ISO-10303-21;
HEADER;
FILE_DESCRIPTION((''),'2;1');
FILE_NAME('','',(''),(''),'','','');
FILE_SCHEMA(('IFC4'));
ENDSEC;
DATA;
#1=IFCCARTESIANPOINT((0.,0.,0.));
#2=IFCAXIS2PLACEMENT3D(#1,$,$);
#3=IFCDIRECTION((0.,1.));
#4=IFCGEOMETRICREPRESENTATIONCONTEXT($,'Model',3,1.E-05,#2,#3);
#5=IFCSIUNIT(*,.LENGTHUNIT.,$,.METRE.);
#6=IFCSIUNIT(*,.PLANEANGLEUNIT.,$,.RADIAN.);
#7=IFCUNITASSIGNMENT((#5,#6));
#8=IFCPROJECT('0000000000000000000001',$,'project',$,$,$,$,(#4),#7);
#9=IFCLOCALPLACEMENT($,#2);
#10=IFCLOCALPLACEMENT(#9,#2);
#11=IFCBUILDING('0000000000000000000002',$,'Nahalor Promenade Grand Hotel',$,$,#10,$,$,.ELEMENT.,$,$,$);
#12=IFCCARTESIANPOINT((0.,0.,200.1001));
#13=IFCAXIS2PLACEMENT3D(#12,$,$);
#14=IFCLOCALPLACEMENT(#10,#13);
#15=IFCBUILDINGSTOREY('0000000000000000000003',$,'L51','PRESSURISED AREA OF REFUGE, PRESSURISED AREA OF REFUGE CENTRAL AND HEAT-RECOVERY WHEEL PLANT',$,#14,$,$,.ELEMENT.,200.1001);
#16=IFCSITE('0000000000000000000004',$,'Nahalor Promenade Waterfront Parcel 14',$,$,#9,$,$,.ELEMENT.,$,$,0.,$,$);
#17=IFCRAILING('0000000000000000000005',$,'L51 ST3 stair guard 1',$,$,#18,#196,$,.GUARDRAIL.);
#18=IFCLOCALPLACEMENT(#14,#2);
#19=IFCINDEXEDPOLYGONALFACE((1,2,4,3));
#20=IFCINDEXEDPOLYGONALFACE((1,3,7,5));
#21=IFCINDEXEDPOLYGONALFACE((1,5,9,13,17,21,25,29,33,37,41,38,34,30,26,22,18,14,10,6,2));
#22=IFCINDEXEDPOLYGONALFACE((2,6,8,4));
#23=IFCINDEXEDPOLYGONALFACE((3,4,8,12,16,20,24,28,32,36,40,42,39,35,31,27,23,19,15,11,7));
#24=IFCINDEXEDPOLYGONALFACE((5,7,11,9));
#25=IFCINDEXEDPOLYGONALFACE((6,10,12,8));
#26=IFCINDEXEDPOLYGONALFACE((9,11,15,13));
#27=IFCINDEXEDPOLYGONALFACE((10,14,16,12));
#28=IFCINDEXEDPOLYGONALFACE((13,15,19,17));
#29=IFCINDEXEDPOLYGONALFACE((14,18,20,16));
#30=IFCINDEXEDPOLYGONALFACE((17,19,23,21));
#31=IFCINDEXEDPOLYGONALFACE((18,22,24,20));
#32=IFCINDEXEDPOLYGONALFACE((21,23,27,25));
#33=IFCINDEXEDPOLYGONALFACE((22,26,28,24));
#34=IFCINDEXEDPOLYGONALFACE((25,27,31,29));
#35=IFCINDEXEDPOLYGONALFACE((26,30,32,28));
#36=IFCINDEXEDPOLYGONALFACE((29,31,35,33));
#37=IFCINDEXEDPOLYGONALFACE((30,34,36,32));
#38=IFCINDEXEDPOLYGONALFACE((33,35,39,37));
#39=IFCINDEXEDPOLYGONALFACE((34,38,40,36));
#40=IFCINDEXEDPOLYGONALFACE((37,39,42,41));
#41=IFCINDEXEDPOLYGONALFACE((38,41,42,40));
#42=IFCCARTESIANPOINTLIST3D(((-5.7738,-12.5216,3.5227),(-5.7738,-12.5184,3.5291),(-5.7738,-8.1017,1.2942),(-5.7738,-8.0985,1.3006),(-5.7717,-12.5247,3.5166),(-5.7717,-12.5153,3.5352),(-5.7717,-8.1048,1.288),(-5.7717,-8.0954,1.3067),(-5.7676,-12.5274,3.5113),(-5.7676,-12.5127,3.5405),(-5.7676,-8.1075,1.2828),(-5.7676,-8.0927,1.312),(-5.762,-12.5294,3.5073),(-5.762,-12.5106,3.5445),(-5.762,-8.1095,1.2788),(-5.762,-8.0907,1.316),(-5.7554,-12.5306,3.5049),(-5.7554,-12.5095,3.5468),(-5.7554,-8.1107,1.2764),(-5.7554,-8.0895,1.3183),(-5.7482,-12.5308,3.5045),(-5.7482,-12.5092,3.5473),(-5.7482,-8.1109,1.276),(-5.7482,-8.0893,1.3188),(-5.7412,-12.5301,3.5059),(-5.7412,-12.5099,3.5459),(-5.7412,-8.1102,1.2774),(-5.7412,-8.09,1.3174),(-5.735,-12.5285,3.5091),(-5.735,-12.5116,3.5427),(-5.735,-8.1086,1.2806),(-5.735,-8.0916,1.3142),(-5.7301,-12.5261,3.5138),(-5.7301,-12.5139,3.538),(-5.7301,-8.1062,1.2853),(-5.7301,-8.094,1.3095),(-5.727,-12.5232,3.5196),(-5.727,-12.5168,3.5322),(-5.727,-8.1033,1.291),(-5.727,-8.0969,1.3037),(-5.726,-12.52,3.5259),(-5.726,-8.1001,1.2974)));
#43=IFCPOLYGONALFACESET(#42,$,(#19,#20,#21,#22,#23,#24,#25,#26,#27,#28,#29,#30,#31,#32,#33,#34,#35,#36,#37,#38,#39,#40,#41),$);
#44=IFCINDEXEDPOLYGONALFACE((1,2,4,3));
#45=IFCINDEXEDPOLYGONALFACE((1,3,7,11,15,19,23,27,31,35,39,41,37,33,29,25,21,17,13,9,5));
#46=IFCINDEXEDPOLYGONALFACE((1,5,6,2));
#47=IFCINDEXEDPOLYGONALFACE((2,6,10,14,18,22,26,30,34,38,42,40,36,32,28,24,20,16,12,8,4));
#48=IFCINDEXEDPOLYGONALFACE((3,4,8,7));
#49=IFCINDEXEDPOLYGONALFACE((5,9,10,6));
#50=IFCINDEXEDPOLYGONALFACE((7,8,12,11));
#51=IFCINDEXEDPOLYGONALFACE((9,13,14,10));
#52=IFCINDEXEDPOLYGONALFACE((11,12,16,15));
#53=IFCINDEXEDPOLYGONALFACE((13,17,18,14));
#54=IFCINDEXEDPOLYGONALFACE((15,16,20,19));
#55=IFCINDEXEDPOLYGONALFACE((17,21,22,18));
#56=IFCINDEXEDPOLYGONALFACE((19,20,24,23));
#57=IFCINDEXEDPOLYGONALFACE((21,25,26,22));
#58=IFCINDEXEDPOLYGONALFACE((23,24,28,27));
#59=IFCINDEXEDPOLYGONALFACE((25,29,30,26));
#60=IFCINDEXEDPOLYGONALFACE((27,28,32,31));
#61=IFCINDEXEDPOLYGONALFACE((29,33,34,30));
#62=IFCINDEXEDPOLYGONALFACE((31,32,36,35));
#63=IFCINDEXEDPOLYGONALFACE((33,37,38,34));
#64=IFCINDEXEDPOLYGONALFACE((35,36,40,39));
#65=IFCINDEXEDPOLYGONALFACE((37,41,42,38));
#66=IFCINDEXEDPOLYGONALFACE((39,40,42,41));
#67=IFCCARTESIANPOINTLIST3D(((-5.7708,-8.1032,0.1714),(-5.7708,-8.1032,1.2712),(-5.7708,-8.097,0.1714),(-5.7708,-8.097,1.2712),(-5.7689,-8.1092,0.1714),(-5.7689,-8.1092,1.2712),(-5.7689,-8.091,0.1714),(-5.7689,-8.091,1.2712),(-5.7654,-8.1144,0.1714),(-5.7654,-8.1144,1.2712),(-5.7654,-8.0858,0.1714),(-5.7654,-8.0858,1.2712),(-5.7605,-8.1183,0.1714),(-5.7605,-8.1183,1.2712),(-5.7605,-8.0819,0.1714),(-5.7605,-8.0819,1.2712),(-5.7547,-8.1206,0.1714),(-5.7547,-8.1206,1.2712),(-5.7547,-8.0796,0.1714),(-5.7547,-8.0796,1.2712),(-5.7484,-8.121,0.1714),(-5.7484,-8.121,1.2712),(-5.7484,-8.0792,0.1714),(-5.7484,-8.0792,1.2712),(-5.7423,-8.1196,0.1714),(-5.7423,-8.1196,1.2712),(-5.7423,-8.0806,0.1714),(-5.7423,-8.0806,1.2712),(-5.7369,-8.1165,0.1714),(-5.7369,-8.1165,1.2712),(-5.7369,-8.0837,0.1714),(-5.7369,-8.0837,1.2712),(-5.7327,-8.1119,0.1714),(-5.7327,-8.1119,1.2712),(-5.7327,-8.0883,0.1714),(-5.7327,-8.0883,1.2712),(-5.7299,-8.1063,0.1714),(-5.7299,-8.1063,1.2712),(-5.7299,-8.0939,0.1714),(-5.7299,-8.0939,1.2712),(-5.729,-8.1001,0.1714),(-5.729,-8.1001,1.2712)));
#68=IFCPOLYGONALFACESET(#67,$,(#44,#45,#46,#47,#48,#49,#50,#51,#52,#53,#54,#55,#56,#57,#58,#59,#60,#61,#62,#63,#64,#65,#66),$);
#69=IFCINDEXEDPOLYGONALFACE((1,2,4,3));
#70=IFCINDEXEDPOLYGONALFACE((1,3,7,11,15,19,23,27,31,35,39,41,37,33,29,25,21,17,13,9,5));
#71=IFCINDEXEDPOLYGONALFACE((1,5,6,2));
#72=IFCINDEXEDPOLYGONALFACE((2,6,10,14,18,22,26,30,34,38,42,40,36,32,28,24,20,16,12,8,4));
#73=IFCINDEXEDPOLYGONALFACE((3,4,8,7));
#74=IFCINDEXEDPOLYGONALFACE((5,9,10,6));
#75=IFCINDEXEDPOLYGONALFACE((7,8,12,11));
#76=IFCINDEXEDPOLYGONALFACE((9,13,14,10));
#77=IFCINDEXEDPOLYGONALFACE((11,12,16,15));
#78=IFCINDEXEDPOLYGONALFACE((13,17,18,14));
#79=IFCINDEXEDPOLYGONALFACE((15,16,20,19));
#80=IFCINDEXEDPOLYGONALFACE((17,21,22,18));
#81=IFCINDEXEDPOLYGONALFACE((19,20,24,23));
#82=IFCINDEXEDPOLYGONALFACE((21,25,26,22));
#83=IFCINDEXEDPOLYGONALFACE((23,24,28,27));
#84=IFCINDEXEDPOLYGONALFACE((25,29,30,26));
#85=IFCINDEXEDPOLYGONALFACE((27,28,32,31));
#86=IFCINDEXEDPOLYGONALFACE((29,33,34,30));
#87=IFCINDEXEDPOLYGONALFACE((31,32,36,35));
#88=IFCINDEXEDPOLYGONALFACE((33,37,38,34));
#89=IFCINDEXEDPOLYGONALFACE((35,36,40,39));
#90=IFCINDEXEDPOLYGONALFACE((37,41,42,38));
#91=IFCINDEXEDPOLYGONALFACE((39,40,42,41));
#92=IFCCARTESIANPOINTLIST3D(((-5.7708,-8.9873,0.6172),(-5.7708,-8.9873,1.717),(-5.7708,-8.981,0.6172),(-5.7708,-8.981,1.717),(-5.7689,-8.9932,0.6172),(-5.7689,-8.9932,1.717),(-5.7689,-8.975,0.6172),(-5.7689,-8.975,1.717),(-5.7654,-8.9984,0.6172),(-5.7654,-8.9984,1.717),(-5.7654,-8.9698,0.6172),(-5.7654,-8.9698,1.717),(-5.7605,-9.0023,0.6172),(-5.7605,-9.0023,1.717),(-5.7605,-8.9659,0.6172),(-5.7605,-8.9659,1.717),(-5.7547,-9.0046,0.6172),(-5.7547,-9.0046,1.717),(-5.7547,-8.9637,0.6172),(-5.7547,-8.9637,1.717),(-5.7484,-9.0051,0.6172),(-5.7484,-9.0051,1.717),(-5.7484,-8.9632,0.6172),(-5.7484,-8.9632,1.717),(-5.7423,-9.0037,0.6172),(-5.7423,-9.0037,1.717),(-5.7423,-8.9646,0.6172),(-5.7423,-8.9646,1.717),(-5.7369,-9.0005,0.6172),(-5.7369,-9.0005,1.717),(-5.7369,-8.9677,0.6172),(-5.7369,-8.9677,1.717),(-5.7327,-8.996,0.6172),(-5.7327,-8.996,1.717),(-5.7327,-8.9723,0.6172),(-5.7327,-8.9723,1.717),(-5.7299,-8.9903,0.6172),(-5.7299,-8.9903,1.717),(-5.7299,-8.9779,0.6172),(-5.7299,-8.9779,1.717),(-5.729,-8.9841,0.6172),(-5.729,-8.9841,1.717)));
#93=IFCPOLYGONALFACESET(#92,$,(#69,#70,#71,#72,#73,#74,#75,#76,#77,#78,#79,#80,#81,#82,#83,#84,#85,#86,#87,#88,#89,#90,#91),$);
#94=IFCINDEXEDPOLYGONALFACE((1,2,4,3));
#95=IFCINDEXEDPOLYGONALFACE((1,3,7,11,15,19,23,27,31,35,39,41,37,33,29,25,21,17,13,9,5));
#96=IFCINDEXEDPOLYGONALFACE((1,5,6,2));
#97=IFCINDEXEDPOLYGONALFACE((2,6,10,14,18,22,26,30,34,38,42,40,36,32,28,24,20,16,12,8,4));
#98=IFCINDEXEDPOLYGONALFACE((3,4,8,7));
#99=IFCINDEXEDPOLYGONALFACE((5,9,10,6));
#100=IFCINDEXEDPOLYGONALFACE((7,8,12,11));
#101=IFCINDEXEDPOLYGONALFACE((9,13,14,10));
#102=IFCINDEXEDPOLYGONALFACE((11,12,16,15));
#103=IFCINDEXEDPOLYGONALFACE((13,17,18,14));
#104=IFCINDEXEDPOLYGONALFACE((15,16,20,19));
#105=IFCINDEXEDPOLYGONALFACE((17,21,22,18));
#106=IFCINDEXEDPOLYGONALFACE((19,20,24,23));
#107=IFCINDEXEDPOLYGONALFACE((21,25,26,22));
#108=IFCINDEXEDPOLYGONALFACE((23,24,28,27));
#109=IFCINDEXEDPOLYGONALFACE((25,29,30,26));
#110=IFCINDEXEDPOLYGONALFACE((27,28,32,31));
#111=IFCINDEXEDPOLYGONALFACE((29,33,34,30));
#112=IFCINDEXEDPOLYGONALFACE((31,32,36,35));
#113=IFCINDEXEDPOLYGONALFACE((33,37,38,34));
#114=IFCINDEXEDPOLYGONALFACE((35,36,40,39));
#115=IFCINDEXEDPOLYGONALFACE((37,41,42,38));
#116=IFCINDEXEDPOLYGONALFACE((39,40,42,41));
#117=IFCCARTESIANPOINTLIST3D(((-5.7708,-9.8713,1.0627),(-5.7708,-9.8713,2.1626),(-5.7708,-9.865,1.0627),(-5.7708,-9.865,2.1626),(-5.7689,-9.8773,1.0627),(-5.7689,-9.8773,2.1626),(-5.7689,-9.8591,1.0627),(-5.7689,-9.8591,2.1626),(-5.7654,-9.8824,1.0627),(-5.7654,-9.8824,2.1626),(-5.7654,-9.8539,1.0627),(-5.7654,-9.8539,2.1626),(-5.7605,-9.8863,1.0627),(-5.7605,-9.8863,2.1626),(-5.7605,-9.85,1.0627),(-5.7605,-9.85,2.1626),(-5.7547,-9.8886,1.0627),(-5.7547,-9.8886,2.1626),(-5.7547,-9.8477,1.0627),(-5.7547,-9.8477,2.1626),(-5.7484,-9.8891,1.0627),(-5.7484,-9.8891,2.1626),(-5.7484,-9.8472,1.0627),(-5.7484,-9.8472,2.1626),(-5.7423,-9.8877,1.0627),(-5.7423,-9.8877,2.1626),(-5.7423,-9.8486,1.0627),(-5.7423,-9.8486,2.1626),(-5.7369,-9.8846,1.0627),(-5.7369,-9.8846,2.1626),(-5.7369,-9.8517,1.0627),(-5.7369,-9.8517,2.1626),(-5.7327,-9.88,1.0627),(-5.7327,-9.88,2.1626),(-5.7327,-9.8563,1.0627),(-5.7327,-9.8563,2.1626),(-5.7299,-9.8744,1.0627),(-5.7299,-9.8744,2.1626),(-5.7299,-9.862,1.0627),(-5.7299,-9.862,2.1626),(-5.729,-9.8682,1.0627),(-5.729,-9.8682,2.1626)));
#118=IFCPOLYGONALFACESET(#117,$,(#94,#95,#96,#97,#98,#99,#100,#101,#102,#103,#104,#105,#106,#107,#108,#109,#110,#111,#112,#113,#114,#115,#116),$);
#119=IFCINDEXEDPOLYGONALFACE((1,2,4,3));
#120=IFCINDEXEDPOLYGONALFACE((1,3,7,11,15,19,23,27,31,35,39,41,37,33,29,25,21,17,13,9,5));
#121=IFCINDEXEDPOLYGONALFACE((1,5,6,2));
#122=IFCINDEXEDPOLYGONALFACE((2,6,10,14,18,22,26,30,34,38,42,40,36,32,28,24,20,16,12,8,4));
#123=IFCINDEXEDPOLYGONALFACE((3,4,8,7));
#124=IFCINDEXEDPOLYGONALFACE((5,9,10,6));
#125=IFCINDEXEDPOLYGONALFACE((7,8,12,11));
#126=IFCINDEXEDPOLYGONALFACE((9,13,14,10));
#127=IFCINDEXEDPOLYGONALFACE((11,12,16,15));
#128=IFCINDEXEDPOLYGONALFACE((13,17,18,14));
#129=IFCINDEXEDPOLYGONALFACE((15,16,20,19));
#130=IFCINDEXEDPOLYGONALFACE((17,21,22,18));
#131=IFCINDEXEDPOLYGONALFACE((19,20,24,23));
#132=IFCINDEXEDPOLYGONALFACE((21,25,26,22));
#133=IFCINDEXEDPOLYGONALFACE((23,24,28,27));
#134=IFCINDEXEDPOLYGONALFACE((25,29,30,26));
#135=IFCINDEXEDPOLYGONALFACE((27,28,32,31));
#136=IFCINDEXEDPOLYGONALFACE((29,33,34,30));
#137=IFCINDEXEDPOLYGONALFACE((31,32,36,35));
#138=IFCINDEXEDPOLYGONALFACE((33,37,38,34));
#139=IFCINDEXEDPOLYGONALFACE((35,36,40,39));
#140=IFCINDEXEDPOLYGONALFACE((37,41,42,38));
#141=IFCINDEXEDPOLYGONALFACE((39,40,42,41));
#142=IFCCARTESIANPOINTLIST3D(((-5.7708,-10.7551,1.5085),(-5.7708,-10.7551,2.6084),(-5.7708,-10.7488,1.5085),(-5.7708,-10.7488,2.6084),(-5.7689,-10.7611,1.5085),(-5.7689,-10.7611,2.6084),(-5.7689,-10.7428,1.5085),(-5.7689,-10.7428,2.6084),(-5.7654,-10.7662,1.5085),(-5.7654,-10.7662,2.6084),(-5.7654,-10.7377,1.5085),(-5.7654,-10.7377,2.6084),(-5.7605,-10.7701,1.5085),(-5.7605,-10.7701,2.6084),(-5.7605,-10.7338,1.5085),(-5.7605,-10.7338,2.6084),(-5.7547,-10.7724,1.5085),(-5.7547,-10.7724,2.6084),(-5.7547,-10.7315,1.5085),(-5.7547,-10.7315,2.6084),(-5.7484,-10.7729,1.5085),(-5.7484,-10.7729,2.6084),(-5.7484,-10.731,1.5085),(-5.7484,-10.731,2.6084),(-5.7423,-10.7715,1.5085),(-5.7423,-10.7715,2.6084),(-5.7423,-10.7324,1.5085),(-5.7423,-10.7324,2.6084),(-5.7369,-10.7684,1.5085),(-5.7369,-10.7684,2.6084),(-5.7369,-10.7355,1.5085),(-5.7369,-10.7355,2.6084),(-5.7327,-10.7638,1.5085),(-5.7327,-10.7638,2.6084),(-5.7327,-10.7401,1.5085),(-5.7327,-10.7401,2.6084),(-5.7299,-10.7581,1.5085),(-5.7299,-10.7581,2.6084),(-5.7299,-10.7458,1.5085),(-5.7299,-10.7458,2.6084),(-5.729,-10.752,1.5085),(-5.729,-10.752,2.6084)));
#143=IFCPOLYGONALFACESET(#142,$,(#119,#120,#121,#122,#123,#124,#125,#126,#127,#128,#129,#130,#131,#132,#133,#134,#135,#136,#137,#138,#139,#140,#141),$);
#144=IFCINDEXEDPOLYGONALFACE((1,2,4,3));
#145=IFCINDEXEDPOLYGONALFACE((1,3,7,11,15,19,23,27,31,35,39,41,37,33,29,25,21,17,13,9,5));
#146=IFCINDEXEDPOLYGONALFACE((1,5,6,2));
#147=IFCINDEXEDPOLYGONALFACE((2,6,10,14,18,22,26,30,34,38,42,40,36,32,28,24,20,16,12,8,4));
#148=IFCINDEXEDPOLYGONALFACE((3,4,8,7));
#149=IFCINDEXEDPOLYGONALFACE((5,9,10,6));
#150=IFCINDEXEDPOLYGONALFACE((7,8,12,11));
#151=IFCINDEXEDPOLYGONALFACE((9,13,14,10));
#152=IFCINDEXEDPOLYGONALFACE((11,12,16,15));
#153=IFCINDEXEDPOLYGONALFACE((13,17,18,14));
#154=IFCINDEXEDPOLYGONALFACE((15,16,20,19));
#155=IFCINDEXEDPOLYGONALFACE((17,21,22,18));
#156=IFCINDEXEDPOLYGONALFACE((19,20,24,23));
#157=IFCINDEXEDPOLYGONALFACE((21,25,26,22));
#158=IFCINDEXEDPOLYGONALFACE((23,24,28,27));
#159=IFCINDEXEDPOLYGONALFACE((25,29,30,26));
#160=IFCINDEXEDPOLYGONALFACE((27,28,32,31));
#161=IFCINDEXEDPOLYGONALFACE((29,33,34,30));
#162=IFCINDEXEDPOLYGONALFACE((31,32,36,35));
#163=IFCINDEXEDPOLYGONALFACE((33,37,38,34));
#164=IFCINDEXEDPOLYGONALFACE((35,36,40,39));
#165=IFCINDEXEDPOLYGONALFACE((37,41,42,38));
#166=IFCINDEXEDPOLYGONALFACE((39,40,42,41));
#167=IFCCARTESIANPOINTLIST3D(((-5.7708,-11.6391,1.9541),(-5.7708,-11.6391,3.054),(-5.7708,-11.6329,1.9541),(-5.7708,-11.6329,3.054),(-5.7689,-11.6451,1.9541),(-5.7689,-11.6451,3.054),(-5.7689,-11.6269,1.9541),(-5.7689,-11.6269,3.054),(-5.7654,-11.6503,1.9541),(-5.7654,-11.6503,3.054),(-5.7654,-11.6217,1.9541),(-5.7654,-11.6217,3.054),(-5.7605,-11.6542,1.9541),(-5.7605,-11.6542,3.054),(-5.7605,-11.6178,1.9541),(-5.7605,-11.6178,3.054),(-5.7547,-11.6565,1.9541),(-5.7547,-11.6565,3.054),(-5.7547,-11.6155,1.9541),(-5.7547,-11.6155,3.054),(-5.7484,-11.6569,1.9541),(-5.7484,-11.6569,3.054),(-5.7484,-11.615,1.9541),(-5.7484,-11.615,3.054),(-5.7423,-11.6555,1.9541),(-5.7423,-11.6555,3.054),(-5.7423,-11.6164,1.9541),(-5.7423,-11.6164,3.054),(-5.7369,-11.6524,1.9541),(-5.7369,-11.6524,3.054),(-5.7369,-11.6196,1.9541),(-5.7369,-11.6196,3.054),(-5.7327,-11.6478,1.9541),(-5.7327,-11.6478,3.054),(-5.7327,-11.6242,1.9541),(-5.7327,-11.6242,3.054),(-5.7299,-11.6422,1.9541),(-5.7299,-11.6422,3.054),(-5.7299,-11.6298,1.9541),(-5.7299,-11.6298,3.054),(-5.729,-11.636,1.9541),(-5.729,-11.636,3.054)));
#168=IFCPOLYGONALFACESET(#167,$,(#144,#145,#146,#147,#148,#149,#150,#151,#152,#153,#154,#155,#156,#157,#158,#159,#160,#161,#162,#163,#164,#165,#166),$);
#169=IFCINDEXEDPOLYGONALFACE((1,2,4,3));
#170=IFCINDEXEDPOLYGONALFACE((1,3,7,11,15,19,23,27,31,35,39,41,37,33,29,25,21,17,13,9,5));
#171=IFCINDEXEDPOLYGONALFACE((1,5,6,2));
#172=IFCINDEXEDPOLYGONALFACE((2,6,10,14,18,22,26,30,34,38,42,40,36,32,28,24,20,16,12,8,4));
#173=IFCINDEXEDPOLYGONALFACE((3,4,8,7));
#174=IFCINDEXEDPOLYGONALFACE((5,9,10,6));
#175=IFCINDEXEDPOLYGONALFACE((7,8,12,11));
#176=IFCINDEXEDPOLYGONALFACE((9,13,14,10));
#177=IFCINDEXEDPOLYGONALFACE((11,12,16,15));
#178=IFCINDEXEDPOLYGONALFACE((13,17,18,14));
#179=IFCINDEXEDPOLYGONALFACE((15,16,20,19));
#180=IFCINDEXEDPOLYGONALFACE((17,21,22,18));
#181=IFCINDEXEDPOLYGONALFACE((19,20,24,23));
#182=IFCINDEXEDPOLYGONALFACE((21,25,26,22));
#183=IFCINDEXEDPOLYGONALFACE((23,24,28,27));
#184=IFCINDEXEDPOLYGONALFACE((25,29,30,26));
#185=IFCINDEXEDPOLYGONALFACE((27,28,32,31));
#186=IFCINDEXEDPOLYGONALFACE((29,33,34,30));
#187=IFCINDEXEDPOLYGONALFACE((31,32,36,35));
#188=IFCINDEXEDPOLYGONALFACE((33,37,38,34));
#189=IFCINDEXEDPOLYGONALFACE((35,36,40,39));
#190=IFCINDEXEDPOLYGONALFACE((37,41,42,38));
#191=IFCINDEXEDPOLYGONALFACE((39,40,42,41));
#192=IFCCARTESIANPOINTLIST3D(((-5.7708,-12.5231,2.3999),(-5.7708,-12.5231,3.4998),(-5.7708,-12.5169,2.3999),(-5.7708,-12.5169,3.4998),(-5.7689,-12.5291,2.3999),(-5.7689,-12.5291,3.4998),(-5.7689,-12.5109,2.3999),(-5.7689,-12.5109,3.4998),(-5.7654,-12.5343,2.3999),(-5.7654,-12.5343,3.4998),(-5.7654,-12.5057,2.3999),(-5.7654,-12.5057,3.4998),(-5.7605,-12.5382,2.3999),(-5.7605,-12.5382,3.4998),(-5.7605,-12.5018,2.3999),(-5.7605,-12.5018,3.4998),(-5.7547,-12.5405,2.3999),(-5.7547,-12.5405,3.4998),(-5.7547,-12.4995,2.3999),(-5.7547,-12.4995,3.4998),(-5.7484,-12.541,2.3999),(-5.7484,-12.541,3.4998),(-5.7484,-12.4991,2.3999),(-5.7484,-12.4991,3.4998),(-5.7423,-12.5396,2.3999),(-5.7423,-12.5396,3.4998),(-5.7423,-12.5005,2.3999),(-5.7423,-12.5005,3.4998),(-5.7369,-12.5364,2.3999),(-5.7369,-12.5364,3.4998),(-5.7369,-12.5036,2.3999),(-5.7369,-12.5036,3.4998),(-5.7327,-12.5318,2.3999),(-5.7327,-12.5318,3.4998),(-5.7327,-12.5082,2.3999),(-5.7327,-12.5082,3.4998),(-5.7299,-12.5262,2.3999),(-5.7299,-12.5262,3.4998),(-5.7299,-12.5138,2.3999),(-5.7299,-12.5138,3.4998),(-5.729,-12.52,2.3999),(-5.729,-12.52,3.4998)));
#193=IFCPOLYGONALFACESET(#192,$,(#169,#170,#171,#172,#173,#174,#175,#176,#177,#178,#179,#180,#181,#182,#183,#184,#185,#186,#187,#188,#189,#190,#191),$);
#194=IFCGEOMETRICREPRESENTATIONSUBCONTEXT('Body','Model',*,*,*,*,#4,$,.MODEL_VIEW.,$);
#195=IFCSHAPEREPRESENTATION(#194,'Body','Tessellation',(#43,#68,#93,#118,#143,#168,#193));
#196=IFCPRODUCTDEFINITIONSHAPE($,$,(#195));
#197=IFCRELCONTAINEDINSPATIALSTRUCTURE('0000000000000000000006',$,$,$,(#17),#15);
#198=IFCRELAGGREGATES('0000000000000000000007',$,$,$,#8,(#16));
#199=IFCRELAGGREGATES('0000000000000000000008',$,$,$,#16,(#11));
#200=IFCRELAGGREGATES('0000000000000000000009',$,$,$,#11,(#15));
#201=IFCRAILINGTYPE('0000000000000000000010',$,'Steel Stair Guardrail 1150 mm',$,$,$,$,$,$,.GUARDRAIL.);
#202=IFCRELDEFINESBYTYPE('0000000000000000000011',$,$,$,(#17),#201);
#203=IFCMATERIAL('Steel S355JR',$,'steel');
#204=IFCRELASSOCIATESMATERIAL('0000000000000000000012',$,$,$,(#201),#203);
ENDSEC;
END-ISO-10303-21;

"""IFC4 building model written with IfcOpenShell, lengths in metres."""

from ifc_helpers import new_model, si_unit, direction, frame, origin, origin_2d, place, context, subcontext, project, spatial, circle, extrude, material, type_object, element, save


model = new_model("IFC4")

# Units and contexts
model_context = context("Model", 3, precision=1e-05, world=origin(), true_north=direction((0.0, 1.0)))
body_context = subcontext(model_context, "Body", "Model", "MODEL_VIEW")
ifc_project = project(units=[si_unit("LENGTHUNIT", "METRE"), si_unit("PLANEANGLEUNIT", "RADIAN")], contexts=[model_context])

# Site, building, storey
site_placement = place(None, origin())
site = spatial("IfcSite", under=ifc_project, at=site_placement, Name="Nahalor Promenade Waterfront Parcel 14", CompositionType="ELEMENT", RefElevation=0.0)
building_placement = place(site_placement, origin())
building = spatial("IfcBuilding", under=site, at=building_placement, Name="Nahalor Promenade Grand Hotel", CompositionType="ELEMENT")
storey_placement = place(building_placement, frame((0.0, 0.0, 200.1001)))
storey = spatial("IfcBuildingStorey", under=building, at=storey_placement, Name="L51", Description="PRESSURISED AREA OF REFUGE, PRESSURISED AREA OF REFUGE CENTRAL AND HEAT-RECOVERY WHEEL PLANT", CompositionType="ELEMENT", Elevation=200.1001)

# Shared definitions
ifc_material_1 = material(Name="Steel S355JR", Category="steel")

# Railing
railing_type_1 = type_object("IfcRailingType", Name="Steel Stair Guardrail 1150 mm", PredefinedType="GUARDRAIL", material=ifc_material_1)
railing_1_placement = place(storey_placement, frame((-5.75, -8.1001, 0.1714)))
element("IfcRailing", 1, at=railing_1_placement, inside=storey, type_object=railing_type_1, Name="L51 ST3 stair guard 1", PredefinedType="GUARDRAIL", context=body_context, shape_type="SweptSolid", body=[
    extrude(circle(Radius=0.024, at=origin_2d()), frame((0.0, 0.0, 1.126), z_axis=(0.0, -0.892923, 0.45021), x_axis=(1.0, 0.0, 0.0)), (0.0, 0.0, 1.0), 4.95),
    extrude(circle(Radius=0.021, at=origin_2d()), origin(), (0.0, 0.0, 1.0), 1.0999),
    extrude(circle(Radius=0.021, at=origin_2d()), frame((0.0, -0.884, 0.4458)), (0.0, 0.0, 1.0), 1.0999),
    extrude(circle(Radius=0.021, at=origin_2d()), frame((0.0, -1.7681, 0.8914)), (0.0, 0.0, 1.0), 1.0999),
    extrude(circle(Radius=0.021, at=origin_2d()), frame((0.0, -2.6519, 1.3372)), (0.0, 0.0, 1.0), 1.0999),
    extrude(circle(Radius=0.021, at=origin_2d()), frame((0.0, -3.5359, 1.7827)), (0.0, 0.0, 1.0), 1.0999),
    extrude(circle(Radius=0.021, at=origin_2d()), frame((0.0, -4.4199, 2.2285)), (0.0, 0.0, 1.0), 1.0999),
])

save(model, "model.ifc")
